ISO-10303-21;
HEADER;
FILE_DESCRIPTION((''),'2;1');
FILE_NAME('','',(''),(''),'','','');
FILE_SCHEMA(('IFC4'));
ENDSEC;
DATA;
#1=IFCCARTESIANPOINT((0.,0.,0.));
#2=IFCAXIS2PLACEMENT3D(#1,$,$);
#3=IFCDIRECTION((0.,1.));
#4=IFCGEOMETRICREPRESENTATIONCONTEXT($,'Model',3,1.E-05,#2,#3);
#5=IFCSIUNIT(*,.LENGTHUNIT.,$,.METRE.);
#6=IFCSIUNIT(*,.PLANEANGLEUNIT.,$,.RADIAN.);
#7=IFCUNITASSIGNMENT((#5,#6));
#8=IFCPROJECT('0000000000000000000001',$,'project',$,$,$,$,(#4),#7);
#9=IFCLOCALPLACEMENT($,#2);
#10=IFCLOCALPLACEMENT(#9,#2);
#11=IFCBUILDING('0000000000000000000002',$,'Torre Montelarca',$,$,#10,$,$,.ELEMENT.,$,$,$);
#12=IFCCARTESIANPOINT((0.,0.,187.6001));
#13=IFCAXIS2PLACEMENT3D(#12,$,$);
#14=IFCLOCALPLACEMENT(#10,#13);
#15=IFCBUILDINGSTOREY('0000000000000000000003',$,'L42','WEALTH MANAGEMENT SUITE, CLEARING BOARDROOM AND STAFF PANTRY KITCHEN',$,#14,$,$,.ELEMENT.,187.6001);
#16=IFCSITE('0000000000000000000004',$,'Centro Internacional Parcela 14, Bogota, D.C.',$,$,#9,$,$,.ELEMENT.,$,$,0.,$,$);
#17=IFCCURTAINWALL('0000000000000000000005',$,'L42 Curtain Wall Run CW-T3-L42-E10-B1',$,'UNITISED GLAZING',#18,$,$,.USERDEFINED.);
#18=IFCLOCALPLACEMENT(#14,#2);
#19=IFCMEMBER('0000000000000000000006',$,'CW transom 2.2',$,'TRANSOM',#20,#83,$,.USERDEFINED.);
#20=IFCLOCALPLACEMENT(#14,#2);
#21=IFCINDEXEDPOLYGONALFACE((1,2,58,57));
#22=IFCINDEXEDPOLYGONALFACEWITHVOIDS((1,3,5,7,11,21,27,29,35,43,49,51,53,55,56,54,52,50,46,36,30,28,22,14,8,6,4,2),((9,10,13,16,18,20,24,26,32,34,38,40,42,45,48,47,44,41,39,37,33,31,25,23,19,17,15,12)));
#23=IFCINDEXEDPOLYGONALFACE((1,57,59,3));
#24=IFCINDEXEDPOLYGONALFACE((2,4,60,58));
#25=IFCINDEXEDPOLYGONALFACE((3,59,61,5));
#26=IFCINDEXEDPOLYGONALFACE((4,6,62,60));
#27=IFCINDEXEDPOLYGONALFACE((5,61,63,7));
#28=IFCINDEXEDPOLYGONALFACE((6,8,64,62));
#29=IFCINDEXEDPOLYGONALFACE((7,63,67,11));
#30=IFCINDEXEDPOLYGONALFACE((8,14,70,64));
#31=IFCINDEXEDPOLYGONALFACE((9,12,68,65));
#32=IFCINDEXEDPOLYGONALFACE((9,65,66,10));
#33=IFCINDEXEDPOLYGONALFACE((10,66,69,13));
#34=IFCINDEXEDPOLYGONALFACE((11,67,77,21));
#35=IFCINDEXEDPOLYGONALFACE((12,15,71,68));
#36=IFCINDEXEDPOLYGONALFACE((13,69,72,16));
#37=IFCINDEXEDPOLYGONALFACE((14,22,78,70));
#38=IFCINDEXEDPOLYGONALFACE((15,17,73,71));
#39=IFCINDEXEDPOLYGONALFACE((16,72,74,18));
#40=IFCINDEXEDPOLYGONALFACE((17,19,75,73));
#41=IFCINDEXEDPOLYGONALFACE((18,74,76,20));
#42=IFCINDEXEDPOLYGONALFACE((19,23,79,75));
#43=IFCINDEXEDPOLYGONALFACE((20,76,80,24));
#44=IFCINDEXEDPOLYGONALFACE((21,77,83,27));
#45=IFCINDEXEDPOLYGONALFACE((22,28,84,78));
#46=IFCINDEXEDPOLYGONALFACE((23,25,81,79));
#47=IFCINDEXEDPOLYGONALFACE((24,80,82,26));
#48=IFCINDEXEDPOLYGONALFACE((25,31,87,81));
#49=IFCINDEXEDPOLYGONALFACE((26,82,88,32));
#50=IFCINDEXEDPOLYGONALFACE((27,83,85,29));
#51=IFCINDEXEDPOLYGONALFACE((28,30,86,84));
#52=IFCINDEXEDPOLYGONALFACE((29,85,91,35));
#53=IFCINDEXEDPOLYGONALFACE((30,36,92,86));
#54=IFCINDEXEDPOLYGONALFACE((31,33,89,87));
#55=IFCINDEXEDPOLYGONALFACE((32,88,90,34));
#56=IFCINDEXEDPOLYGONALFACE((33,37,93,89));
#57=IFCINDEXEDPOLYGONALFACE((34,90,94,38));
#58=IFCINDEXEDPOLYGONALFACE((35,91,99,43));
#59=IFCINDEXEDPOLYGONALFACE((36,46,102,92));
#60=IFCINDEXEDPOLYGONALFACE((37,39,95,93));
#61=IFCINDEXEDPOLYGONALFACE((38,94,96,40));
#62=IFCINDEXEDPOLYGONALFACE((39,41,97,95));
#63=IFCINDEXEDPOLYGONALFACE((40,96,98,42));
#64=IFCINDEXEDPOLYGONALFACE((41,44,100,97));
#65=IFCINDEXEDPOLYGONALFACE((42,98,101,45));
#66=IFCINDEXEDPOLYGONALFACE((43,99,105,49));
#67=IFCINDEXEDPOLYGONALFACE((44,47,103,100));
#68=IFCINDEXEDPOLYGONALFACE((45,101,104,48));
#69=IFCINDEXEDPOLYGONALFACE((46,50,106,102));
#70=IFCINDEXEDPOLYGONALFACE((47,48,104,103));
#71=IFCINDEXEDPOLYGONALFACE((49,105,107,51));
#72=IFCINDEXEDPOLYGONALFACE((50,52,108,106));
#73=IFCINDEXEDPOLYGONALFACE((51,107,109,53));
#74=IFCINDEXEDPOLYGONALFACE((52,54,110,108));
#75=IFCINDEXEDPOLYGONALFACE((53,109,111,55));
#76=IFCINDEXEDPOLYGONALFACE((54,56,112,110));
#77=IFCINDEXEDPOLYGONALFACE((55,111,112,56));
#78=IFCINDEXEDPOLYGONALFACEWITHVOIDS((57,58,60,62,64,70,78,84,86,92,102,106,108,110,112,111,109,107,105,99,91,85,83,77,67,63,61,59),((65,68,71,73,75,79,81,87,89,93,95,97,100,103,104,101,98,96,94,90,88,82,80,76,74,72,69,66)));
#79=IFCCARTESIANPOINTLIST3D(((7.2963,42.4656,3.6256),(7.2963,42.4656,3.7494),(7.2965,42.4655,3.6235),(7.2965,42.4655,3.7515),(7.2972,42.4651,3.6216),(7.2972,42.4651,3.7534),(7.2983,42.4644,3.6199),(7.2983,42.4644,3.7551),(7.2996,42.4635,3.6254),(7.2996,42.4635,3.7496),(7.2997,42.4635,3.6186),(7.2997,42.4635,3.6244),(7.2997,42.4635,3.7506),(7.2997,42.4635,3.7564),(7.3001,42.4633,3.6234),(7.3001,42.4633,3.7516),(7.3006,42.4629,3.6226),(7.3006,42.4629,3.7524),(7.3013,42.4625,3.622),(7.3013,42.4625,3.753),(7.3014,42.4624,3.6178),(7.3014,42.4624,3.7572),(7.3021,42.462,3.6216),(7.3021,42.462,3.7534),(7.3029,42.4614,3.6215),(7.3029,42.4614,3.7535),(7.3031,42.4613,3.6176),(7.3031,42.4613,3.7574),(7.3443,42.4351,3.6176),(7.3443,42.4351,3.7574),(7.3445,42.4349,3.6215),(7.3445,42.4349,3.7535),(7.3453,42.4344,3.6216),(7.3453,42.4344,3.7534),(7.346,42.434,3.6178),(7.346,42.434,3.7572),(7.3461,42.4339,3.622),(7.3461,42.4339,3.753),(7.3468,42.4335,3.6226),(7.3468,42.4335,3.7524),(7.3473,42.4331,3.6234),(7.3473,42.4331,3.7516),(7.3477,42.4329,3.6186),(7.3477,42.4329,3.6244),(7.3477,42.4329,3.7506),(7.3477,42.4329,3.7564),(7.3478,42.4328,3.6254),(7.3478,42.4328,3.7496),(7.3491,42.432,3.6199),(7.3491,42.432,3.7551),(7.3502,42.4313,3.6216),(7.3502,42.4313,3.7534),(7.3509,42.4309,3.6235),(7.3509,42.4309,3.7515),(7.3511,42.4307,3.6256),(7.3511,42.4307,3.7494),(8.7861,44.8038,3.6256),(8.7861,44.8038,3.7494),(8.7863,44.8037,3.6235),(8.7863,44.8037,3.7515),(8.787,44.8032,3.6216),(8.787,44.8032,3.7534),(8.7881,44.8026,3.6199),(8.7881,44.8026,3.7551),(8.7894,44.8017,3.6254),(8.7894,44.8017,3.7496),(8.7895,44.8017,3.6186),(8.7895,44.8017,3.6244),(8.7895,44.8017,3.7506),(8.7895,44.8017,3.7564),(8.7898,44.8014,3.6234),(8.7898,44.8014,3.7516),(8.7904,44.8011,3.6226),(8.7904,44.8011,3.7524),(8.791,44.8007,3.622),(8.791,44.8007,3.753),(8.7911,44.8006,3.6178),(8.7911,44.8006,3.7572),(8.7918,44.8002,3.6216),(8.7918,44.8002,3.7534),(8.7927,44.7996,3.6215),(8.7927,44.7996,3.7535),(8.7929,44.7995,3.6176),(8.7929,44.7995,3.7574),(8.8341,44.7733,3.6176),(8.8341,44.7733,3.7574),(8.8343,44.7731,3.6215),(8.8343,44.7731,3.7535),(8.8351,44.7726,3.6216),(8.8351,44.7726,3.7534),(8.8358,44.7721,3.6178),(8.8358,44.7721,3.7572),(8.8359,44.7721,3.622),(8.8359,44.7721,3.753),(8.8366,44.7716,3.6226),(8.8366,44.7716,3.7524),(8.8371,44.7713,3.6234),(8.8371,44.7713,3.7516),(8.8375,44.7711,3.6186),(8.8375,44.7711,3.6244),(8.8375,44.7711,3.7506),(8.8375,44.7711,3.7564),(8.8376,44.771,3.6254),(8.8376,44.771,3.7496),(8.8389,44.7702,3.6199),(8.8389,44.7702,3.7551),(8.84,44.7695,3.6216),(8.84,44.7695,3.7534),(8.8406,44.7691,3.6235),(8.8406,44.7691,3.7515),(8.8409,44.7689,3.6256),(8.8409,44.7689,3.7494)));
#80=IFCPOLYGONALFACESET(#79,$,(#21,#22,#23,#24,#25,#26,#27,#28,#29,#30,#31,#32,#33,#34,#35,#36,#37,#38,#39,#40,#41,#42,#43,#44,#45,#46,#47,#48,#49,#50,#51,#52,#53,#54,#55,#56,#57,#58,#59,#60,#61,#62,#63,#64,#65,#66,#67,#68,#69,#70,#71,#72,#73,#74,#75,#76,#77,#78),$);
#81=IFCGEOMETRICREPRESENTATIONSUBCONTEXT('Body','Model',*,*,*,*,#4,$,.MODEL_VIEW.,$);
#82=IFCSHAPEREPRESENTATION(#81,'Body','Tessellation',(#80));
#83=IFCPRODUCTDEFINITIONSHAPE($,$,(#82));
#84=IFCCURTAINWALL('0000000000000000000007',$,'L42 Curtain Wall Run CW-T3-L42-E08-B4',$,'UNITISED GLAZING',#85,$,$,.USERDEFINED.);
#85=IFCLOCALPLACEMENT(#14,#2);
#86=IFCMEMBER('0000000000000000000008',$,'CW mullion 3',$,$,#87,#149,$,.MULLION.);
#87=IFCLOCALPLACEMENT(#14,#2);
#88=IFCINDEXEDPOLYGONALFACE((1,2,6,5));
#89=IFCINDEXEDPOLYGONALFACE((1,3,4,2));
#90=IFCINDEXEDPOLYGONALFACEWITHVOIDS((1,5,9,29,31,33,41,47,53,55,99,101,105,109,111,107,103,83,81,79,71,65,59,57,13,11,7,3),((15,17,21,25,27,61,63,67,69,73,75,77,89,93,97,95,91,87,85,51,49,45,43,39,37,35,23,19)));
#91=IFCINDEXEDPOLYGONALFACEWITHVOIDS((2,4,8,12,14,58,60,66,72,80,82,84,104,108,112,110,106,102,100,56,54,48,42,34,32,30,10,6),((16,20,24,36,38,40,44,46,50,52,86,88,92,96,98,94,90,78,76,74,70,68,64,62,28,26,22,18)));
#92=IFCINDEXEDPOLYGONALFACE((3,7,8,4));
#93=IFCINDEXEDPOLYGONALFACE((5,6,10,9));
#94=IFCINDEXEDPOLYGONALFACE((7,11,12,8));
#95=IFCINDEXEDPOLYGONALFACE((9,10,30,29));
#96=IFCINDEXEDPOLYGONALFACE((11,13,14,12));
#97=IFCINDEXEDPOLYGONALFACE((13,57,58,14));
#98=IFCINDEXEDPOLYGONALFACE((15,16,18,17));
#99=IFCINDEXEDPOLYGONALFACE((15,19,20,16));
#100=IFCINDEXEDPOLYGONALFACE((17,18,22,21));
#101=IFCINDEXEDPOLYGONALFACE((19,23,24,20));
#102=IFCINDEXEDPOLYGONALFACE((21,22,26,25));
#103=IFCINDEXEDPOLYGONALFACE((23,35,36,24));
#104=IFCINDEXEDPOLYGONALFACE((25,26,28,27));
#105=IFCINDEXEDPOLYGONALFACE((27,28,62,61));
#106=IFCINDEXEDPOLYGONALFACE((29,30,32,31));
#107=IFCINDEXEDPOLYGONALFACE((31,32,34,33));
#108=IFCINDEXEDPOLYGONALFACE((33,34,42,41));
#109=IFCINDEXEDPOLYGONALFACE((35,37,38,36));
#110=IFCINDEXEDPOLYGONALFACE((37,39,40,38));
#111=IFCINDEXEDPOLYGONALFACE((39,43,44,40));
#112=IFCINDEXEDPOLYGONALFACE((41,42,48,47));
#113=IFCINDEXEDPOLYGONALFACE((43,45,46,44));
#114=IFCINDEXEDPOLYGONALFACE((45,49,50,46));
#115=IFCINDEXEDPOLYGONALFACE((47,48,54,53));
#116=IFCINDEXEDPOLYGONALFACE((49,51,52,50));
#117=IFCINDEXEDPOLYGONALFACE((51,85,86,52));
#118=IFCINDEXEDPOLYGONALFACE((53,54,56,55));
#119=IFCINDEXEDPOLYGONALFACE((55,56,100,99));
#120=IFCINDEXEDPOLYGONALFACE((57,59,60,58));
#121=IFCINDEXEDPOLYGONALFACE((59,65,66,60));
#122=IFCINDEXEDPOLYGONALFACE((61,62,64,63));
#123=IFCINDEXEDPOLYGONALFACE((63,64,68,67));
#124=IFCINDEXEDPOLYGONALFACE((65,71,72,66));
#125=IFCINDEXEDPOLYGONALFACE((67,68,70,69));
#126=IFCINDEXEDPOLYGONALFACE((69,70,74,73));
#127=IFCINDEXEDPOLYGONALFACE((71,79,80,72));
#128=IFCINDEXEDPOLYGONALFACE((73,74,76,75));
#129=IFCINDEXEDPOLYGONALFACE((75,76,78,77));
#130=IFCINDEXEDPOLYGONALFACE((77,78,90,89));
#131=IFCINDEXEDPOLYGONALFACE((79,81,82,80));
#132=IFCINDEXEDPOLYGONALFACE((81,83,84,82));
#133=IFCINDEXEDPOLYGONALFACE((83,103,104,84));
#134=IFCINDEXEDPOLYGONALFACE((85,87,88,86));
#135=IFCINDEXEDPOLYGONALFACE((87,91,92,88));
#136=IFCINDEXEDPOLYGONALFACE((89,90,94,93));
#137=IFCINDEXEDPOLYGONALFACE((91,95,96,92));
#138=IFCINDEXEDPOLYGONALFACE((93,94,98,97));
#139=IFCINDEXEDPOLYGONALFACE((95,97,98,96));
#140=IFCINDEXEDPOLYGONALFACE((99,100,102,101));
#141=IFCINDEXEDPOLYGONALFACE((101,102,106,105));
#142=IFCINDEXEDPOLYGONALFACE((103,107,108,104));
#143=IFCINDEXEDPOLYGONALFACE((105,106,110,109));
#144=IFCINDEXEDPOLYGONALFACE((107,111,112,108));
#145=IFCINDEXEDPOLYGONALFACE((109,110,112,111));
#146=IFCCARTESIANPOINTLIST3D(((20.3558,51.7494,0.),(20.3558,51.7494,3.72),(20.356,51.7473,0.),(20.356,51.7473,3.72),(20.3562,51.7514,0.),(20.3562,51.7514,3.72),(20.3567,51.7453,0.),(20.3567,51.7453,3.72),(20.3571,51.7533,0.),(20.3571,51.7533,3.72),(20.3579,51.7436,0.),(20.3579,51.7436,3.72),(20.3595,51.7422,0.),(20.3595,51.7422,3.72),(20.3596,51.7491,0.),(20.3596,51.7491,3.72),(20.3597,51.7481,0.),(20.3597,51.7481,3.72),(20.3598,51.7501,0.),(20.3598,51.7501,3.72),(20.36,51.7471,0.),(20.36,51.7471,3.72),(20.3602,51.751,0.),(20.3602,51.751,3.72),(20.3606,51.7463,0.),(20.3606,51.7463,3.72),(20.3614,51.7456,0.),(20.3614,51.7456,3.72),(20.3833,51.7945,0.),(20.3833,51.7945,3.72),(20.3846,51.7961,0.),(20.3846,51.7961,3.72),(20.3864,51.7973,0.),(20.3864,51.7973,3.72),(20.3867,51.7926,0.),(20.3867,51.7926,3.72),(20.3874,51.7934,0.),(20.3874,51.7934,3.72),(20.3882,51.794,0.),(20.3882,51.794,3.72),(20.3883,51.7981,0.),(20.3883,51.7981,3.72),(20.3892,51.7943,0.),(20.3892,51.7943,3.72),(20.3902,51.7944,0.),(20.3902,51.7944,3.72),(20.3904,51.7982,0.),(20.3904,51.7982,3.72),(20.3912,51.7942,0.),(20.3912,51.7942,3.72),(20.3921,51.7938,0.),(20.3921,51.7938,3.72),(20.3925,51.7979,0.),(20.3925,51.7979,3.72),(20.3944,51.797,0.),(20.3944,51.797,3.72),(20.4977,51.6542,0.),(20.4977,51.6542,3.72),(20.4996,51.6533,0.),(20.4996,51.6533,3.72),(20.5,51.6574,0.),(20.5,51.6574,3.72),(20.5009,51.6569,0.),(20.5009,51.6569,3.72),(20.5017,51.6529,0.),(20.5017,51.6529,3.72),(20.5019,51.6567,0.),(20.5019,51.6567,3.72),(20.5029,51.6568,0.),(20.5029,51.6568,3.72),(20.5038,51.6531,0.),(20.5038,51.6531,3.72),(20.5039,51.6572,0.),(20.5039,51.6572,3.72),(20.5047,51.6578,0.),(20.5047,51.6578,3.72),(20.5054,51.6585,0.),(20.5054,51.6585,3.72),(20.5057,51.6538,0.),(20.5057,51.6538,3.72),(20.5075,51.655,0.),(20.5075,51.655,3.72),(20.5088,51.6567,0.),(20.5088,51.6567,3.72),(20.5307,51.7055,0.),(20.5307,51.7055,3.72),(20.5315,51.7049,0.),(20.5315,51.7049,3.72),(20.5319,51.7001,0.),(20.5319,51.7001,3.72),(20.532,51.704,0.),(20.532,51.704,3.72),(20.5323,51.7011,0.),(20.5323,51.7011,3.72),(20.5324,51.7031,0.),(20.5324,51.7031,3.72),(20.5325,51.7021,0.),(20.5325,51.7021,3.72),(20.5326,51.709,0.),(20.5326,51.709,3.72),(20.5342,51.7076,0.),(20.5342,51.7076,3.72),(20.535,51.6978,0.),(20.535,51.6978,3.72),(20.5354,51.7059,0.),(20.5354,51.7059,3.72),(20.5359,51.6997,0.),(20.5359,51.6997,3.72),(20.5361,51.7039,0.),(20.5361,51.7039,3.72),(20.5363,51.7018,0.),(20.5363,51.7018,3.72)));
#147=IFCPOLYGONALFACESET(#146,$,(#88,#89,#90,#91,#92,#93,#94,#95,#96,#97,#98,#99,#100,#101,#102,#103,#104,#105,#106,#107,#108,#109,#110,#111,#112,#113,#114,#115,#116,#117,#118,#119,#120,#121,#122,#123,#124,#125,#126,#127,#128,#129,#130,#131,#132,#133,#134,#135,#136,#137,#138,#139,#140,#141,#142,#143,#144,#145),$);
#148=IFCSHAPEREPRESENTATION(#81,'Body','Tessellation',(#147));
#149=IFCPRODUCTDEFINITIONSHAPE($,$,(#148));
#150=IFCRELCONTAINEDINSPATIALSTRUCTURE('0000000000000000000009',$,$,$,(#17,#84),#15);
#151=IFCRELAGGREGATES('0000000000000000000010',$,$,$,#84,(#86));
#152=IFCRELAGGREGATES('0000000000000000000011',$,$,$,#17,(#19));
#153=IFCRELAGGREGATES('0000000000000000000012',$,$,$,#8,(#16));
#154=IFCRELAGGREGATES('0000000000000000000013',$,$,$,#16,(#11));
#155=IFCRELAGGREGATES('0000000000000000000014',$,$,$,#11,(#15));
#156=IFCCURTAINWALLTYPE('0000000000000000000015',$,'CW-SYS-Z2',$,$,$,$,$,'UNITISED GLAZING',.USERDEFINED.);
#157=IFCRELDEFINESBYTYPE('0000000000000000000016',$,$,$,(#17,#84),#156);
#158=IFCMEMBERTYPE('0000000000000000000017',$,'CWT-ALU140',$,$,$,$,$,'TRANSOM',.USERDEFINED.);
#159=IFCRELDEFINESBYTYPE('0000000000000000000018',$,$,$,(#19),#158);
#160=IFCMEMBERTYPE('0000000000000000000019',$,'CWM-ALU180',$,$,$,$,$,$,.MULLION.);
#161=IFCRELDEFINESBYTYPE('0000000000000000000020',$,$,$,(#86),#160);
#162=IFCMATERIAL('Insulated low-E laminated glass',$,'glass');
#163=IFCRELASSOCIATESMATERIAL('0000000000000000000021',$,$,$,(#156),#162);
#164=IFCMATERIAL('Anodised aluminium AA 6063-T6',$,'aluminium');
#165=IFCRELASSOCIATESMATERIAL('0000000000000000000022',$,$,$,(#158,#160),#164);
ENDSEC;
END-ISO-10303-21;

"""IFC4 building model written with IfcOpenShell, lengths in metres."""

from ifc_helpers import new_model, si_unit, direction, frame, origin, origin_2d, place, context, subcontext, project, spatial, hollow_rectangle, extrude, source, transform, mapped, material, material_profile, profile_set, type_object, element, aggregate, save


model = new_model("IFC4")

# Units and contexts
model_context = context("Model", 3, precision=1e-05, world=origin(), true_north=direction((0.0, 1.0)))
body_context = subcontext(model_context, "Body", "Model", "MODEL_VIEW")
ifc_project = project(units=[si_unit("LENGTHUNIT", "METRE"), si_unit("PLANEANGLEUNIT", "RADIAN")], contexts=[model_context])

# Site, building, storey
site_placement = place(None, origin())
site = spatial("IfcSite", under=ifc_project, at=site_placement, Name="Centro Internacional Parcela 14, Bogota, D.C.", CompositionType="ELEMENT", RefElevation=0.0)
building_placement = place(site_placement, origin())
building = spatial("IfcBuilding", under=site, at=building_placement, Name="Torre Montelarca", CompositionType="ELEMENT")
storey_placement = place(building_placement, frame((0.0, 0.0, 187.6001)))
storey = spatial("IfcBuildingStorey", under=building, at=storey_placement, Name="L42", Description="WEALTH MANAGEMENT SUITE, CLEARING BOARDROOM AND STAFF PANTRY KITCHEN", CompositionType="ELEMENT", Elevation=187.6001)

# Curtain wall, member
ifc_material_1 = material(Name="Insulated low-E laminated glass", Category="glass")
curtain_wall_type = type_object("IfcCurtainWallType", Name="CW-SYS-Z2", ElementType="UNITISED GLAZING", PredefinedType="USERDEFINED", material=ifc_material_1)
ifc_material_2 = material(Name="Anodised aluminium AA 6063-T6", Category="aluminium")
ifc_material_profile_1 = material_profile(ifc_material_2, hollow_rectangle(XDim=0.0649, YDim=0.1399, WallThickness=0.0039, InnerFilletRadius=0.0039, OuterFilletRadius=0.0081, at=origin_2d()), Name="ALU65X140X4", Category="aluminium")
ifc_profile_set_1 = profile_set([ifc_material_profile_1], Name="Anodised aluminium AA 6063-T6")
member_type_1 = type_object("IfcMemberType", Name="CWT-ALU140", ElementType="TRANSOM", PredefinedType="USERDEFINED", material=ifc_profile_set_1)
curtain_wall_1_placement = place(storey_placement, origin())
curtain_wall_1 = element("IfcCurtainWall", 1, at=curtain_wall_1_placement, inside=storey, type_object=curtain_wall_type, Name="L42 Curtain Wall Run CW-T3-L42-E10-B1", ObjectType="UNITISED GLAZING", PredefinedType="USERDEFINED")
shared_shape_1 = source(origin(), body_context, "Body", "SweptSolid", [
    extrude(hollow_rectangle(XDim=0.0649, YDim=0.1399, WallThickness=0.0039, InnerFilletRadius=0.0039, OuterFilletRadius=0.0081, at=origin_2d()), origin(), (0.0, 0.0, 1.0), 2.7725),
])
member_1_placement = place(storey_placement, frame((8.8135, 44.7864, 3.6875), z_axis=(-0.537348, -0.84336, 0.0), x_axis=(0.84336, -0.537348, 0.0)))
member_1 = element("IfcMember", 2, at=member_1_placement, type_object=member_type_1, Name="CW transom 2.2", ObjectType="TRANSOM", PredefinedType="USERDEFINED", context=body_context, shape_type="MappedRepresentation", body=[
    mapped(shared_shape_1, transform((0.0, 0.0, 0.0), scale=1.0)),
])

# Curtain wall, member
curtain_wall_2_placement = place(storey_placement, origin())
curtain_wall_2 = element("IfcCurtainWall", 3, at=curtain_wall_2_placement, inside=storey, type_object=curtain_wall_type, Name="L42 Curtain Wall Run CW-T3-L42-E08-B4", ObjectType="UNITISED GLAZING", PredefinedType="USERDEFINED")
ifc_material_profile_2 = material_profile(ifc_material_2, hollow_rectangle(XDim=0.0649, YDim=0.1799, WallThickness=0.0039, InnerFilletRadius=0.0039, OuterFilletRadius=0.0081, at=origin_2d()), Name="ALU65X180X4", Category="aluminium")
ifc_profile_set_2 = profile_set([ifc_material_profile_2], Name="Anodised aluminium AA 6063-T6")
member_type_2 = type_object("IfcMemberType", Name="CWM-ALU180", PredefinedType="MULLION", material=ifc_profile_set_2)
shared_shape_2 = source(origin(), body_context, "Body", "SweptSolid", [
    extrude(hollow_rectangle(XDim=0.0649, YDim=0.1799, WallThickness=0.0039, InnerFilletRadius=0.0039, OuterFilletRadius=0.0081, at=origin_2d()), origin(), (0.0, 0.0, 1.0), 3.72),
])
member_2_placement = place(storey_placement, frame((20.446, 51.7256, 0.0), z_axis=(0.0, 0.0, 1.0), x_axis=(-0.537306, -0.843388, 0.0)))
member_2 = element("IfcMember", 4, at=member_2_placement, type_object=member_type_2, Name="CW mullion 3", PredefinedType="MULLION", context=body_context, shape_type="MappedRepresentation", body=[
    mapped(shared_shape_2, transform((0.0, 0.0, 0.0), scale=1.0)),
])
aggregate(curtain_wall_2, [member_2])

aggregate(curtain_wall_1, [member_1])

save(model, "model.ifc")
